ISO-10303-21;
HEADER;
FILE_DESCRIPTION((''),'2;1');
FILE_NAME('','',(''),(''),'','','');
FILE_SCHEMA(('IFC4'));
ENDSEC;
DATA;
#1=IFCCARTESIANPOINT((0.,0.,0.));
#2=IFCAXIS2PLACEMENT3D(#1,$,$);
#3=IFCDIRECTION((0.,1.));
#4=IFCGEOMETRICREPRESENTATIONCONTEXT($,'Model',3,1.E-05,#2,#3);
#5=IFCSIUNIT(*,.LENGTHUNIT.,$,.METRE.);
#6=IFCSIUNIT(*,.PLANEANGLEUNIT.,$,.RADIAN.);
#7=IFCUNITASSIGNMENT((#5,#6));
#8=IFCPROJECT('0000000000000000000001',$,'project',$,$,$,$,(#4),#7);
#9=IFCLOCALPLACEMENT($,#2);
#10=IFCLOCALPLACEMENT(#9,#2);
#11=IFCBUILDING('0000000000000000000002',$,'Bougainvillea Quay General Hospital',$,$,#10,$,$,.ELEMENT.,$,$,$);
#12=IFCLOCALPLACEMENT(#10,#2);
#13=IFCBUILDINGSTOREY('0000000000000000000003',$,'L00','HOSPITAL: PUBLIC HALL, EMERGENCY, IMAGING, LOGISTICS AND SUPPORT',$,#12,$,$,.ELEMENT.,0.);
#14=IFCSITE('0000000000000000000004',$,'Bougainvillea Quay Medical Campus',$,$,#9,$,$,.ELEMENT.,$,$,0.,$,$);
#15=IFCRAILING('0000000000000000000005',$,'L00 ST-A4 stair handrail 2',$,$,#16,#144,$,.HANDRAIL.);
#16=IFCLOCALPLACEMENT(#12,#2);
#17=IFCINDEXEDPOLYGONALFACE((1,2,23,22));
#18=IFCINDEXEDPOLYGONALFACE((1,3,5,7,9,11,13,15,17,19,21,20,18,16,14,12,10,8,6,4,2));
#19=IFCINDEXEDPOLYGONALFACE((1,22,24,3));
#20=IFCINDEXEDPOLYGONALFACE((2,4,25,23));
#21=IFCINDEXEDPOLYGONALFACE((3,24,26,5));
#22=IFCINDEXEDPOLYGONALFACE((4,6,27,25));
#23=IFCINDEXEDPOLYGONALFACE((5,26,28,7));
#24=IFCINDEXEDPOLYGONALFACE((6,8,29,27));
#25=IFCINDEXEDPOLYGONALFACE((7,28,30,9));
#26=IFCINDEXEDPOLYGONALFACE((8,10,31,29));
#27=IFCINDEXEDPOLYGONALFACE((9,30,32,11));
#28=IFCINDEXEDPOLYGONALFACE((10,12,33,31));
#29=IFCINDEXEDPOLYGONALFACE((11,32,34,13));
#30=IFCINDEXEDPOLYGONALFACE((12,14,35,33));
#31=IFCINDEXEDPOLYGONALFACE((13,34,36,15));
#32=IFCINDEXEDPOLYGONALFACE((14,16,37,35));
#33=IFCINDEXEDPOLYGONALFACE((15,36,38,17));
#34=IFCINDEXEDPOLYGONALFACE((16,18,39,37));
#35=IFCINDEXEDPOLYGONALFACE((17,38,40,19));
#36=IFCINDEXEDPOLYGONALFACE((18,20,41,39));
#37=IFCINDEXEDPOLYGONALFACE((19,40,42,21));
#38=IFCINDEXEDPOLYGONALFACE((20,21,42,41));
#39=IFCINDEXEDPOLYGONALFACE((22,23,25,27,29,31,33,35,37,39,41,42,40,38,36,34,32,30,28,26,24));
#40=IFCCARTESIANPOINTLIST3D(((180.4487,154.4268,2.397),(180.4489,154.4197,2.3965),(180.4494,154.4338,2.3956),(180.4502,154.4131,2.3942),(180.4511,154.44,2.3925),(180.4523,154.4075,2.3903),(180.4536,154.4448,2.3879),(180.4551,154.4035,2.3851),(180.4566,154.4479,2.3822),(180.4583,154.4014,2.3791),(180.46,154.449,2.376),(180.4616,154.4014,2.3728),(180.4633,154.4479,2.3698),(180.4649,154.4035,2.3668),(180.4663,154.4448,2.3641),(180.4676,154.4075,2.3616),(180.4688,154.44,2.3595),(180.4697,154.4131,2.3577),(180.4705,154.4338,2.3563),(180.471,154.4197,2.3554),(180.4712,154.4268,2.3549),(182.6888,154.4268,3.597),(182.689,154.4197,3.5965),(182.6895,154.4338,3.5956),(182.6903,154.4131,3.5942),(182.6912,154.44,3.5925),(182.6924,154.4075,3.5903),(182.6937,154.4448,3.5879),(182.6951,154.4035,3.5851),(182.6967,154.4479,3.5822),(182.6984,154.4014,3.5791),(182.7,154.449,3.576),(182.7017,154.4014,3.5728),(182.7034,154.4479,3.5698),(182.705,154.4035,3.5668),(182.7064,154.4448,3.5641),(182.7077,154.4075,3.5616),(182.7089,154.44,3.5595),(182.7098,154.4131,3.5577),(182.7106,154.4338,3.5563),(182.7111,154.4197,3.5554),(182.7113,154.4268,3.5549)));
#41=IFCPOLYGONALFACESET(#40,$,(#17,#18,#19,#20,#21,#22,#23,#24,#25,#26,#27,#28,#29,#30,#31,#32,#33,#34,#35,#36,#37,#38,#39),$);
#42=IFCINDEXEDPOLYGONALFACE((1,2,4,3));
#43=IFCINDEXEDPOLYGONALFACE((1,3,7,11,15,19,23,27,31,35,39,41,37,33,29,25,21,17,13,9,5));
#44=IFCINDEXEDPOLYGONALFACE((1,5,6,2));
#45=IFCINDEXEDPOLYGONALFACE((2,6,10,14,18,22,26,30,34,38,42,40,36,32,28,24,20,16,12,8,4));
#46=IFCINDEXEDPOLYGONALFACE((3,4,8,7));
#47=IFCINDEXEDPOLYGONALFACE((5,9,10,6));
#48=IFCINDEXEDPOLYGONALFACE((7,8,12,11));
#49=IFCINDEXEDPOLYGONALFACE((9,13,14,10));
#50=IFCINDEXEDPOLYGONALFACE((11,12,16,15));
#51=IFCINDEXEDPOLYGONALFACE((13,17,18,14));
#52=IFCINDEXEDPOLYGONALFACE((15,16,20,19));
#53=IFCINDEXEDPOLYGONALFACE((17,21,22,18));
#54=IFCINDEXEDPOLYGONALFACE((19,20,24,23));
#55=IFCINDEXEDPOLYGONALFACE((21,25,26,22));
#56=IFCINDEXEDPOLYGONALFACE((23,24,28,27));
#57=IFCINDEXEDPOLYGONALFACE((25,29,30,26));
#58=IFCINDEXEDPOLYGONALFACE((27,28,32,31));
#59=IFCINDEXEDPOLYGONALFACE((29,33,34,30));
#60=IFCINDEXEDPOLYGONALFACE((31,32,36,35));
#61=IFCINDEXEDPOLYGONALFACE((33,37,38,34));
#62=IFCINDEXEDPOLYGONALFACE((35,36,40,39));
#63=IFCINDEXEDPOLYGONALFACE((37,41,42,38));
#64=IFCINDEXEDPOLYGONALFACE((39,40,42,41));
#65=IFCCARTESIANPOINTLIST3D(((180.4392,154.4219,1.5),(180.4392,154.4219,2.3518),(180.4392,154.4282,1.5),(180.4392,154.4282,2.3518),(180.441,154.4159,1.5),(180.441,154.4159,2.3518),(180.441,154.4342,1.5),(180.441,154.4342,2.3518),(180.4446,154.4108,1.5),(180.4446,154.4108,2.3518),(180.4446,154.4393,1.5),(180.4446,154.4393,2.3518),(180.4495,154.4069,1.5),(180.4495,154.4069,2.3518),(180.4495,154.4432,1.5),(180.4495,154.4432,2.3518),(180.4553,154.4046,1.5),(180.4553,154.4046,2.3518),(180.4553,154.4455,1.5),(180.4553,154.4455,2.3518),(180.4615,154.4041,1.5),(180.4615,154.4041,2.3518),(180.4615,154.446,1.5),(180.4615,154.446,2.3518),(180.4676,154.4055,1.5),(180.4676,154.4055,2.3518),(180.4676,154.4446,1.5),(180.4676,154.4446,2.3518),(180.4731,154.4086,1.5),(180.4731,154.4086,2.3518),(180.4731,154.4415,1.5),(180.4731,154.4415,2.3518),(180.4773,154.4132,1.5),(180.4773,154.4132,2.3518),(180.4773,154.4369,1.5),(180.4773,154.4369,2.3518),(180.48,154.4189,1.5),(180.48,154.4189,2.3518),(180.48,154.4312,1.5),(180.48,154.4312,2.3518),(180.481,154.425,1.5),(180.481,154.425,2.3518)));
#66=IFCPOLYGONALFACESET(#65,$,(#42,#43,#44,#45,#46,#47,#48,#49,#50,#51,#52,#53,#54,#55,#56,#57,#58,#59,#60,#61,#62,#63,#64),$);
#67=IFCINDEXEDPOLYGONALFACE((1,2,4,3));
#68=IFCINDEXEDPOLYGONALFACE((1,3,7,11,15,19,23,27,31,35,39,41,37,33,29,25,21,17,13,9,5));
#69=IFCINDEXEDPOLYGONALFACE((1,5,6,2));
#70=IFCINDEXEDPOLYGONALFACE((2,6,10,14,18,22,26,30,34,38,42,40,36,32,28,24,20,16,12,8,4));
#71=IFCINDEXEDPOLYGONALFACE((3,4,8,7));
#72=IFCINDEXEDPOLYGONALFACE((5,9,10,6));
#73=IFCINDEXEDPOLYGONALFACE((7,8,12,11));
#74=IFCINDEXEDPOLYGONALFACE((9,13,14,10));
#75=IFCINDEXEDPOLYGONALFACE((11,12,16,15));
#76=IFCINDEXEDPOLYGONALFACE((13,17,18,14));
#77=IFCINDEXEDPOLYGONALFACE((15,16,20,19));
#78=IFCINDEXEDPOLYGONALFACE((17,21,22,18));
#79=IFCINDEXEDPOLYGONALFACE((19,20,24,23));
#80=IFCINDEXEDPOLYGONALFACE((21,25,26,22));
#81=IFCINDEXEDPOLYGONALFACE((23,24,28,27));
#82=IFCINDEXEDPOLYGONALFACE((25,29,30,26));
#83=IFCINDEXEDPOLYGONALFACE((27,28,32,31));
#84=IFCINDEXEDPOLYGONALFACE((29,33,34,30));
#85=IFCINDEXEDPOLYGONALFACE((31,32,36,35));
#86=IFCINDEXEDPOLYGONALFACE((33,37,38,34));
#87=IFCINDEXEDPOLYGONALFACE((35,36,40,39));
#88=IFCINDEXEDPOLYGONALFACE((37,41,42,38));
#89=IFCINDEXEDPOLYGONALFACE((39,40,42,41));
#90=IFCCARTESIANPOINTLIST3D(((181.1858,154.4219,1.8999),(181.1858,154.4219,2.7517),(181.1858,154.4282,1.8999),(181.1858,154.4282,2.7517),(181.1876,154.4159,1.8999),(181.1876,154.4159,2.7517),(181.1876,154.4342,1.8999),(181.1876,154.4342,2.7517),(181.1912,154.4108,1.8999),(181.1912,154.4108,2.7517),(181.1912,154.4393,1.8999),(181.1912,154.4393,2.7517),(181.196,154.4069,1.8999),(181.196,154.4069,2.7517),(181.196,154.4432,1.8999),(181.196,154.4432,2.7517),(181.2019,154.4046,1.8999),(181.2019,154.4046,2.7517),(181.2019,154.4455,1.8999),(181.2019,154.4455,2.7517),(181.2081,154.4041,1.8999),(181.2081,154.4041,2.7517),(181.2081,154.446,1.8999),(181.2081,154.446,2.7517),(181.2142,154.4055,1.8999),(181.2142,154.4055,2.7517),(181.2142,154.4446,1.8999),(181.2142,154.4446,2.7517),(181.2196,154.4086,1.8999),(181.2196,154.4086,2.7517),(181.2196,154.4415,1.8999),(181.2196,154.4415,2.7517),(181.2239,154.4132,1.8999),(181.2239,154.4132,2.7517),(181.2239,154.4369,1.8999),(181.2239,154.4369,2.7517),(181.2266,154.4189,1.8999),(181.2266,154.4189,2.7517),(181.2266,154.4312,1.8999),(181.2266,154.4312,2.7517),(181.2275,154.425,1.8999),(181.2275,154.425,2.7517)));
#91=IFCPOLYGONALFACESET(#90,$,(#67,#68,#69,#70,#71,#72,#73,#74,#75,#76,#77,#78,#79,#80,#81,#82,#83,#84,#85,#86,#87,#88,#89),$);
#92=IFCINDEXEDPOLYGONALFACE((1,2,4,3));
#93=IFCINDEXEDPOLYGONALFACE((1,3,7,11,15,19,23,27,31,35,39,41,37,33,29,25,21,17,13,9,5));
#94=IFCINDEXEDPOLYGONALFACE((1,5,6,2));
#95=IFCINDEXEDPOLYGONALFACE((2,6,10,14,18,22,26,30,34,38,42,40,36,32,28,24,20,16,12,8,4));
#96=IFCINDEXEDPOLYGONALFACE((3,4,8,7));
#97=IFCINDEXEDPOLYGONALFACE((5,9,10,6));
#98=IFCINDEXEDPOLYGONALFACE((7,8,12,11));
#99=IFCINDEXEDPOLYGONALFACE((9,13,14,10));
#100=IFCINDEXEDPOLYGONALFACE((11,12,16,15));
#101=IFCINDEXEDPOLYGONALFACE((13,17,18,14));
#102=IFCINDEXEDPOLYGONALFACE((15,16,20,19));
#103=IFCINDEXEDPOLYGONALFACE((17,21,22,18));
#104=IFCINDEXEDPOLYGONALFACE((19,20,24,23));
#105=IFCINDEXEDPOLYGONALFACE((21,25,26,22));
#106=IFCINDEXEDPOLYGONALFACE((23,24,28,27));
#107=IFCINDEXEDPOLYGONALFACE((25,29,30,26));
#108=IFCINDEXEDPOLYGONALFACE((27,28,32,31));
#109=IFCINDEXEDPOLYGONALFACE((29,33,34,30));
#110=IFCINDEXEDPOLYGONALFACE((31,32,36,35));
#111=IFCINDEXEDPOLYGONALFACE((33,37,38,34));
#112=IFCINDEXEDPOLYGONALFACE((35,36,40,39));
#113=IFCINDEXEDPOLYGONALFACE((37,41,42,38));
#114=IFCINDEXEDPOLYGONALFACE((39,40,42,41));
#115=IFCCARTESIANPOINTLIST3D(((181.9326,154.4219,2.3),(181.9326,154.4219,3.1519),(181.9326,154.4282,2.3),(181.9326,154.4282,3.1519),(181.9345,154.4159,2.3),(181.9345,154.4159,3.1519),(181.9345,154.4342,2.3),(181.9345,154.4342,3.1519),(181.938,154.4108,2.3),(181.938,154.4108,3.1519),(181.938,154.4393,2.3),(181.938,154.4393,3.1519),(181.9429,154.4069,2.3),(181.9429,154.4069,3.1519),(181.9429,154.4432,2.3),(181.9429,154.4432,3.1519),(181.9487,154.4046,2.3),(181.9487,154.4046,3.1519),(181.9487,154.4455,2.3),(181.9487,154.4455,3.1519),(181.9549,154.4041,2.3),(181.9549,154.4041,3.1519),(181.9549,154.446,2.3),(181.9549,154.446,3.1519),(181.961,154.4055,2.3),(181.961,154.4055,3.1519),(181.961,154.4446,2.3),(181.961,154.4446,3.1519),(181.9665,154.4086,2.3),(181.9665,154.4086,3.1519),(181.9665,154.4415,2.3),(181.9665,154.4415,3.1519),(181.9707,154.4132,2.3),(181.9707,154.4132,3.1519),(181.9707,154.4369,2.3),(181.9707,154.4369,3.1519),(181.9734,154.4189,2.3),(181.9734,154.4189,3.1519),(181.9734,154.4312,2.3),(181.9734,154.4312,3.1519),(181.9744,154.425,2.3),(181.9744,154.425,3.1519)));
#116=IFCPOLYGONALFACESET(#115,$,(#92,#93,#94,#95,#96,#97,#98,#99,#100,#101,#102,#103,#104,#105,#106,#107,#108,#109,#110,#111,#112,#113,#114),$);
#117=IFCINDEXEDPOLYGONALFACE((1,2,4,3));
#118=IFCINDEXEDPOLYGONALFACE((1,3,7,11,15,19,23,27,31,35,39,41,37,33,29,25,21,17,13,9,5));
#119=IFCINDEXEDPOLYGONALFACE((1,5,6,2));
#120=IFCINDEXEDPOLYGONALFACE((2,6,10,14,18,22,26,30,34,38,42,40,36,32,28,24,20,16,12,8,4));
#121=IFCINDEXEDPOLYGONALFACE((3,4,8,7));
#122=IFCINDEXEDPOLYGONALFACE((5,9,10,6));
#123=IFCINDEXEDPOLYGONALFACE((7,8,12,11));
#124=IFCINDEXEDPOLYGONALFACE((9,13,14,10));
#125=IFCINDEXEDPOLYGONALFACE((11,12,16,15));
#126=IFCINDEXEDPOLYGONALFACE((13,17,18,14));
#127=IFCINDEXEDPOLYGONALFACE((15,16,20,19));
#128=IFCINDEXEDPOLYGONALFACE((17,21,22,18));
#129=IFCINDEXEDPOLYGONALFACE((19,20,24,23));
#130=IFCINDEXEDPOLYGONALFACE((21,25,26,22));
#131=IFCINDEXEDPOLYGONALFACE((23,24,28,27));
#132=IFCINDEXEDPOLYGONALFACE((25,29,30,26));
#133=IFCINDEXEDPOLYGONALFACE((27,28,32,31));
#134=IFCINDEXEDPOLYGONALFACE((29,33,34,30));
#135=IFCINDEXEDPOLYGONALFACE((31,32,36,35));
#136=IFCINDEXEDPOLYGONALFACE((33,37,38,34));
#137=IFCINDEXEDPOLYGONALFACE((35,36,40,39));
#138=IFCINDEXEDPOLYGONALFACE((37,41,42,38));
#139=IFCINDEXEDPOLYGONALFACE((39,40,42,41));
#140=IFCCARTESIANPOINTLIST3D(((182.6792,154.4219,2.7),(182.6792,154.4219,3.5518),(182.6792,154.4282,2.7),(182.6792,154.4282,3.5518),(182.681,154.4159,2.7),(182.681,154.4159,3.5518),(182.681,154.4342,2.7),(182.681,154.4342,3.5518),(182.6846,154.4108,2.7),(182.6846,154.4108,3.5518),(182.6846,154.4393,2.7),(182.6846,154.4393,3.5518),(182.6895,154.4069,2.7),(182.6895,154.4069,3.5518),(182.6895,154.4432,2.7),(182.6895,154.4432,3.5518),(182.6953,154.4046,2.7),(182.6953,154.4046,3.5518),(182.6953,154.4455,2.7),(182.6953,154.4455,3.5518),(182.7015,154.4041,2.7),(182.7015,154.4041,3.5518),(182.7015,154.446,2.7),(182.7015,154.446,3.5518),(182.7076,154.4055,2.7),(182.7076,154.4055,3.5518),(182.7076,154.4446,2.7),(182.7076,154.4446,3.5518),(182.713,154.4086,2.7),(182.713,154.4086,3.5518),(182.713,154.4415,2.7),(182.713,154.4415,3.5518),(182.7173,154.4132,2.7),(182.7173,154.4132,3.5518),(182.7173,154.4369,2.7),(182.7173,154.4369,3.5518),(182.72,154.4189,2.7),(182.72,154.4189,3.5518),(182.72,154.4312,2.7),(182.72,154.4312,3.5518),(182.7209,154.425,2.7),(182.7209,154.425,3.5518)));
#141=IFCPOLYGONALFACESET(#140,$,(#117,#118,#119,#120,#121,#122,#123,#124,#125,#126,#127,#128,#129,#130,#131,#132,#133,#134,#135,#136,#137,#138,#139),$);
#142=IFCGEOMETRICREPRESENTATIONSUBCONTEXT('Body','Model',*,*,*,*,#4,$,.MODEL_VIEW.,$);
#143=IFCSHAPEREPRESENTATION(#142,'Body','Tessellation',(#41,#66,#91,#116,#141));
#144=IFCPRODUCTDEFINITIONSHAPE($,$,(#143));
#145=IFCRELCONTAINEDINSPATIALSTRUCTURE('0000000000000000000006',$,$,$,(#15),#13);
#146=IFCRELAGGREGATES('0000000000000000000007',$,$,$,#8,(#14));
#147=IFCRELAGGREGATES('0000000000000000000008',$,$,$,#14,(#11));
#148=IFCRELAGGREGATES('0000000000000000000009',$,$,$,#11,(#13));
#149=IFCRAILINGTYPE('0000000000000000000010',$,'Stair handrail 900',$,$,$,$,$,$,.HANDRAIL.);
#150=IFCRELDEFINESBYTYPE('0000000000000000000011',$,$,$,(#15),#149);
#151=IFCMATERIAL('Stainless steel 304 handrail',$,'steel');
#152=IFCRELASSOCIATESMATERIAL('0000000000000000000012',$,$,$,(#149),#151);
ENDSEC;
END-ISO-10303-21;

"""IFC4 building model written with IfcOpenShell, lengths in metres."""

from ifc_helpers import new_model, si_unit, direction, frame, origin, origin_2d, place, context, subcontext, project, spatial, circle, extrude, material, type_object, element, save


model = new_model("IFC4")

# Units and contexts
model_context = context("Model", 3, precision=1e-05, world=origin(), true_north=direction((0.0, 1.0)))
body_context = subcontext(model_context, "Body", "Model", "MODEL_VIEW")
ifc_project = project(units=[si_unit("LENGTHUNIT", "METRE"), si_unit("PLANEANGLEUNIT", "RADIAN")], contexts=[model_context])

# Site, building, storey
site_placement = place(None, origin())
site = spatial("IfcSite", under=ifc_project, at=site_placement, Name="Bougainvillea Quay Medical Campus", CompositionType="ELEMENT", RefElevation=0.0)
building_placement = place(site_placement, origin())
building = spatial("IfcBuilding", under=site, at=building_placement, Name="Bougainvillea Quay General Hospital", CompositionType="ELEMENT")
storey_placement = place(building_placement, origin())
storey = spatial("IfcBuildingStorey", under=building, at=storey_placement, Name="L00", Description="HOSPITAL: PUBLIC HALL, EMERGENCY, IMAGING, LOGISTICS AND SUPPORT", CompositionType="ELEMENT", Elevation=0.0)

# Railing
ifc_material_1 = material(Name="Stainless steel 304 handrail", Category="steel")
railing_type_1 = type_object("IfcRailingType", Name="Stair handrail 900", PredefinedType="HANDRAIL", material=ifc_material_1)
for number, where, name in (
    (1, (180.46, 154.425, 1.5), "L00 ST-A4 stair handrail 2"),
):
    element("IfcRailing", number, at=place(storey_placement, frame(where)), inside=storey, type_object=railing_type_1, Name=name, PredefinedType="HANDRAIL", context=body_context, shape_type="SweptSolid", body=[
        extrude(circle(Radius=0.0239, at=origin_2d()), frame((0.0, 0.0, 0.876), z_axis=(0.881487, 0.0, 0.472208), x_axis=(0.0, 1.0, 0.0)), (0.0, 0.0, 1.0), 2.5413),
        extrude(circle(Radius=0.021, at=origin_2d()), origin(), (0.0, 0.0, 1.0), 0.8518),
        extrude(circle(Radius=0.021, at=origin_2d()), frame((0.7466, 0.0, 0.3999)), (0.0, 0.0, 1.0), 0.8518),
        extrude(circle(Radius=0.021, at=origin_2d()), frame((1.4934, 0.0, 0.8)), (0.0, 0.0, 1.0), 0.8518),
        extrude(circle(Radius=0.021, at=origin_2d()), frame((2.24, 0.0, 1.2)), (0.0, 0.0, 1.0), 0.8518),
    ])

save(model, "model.ifc")
